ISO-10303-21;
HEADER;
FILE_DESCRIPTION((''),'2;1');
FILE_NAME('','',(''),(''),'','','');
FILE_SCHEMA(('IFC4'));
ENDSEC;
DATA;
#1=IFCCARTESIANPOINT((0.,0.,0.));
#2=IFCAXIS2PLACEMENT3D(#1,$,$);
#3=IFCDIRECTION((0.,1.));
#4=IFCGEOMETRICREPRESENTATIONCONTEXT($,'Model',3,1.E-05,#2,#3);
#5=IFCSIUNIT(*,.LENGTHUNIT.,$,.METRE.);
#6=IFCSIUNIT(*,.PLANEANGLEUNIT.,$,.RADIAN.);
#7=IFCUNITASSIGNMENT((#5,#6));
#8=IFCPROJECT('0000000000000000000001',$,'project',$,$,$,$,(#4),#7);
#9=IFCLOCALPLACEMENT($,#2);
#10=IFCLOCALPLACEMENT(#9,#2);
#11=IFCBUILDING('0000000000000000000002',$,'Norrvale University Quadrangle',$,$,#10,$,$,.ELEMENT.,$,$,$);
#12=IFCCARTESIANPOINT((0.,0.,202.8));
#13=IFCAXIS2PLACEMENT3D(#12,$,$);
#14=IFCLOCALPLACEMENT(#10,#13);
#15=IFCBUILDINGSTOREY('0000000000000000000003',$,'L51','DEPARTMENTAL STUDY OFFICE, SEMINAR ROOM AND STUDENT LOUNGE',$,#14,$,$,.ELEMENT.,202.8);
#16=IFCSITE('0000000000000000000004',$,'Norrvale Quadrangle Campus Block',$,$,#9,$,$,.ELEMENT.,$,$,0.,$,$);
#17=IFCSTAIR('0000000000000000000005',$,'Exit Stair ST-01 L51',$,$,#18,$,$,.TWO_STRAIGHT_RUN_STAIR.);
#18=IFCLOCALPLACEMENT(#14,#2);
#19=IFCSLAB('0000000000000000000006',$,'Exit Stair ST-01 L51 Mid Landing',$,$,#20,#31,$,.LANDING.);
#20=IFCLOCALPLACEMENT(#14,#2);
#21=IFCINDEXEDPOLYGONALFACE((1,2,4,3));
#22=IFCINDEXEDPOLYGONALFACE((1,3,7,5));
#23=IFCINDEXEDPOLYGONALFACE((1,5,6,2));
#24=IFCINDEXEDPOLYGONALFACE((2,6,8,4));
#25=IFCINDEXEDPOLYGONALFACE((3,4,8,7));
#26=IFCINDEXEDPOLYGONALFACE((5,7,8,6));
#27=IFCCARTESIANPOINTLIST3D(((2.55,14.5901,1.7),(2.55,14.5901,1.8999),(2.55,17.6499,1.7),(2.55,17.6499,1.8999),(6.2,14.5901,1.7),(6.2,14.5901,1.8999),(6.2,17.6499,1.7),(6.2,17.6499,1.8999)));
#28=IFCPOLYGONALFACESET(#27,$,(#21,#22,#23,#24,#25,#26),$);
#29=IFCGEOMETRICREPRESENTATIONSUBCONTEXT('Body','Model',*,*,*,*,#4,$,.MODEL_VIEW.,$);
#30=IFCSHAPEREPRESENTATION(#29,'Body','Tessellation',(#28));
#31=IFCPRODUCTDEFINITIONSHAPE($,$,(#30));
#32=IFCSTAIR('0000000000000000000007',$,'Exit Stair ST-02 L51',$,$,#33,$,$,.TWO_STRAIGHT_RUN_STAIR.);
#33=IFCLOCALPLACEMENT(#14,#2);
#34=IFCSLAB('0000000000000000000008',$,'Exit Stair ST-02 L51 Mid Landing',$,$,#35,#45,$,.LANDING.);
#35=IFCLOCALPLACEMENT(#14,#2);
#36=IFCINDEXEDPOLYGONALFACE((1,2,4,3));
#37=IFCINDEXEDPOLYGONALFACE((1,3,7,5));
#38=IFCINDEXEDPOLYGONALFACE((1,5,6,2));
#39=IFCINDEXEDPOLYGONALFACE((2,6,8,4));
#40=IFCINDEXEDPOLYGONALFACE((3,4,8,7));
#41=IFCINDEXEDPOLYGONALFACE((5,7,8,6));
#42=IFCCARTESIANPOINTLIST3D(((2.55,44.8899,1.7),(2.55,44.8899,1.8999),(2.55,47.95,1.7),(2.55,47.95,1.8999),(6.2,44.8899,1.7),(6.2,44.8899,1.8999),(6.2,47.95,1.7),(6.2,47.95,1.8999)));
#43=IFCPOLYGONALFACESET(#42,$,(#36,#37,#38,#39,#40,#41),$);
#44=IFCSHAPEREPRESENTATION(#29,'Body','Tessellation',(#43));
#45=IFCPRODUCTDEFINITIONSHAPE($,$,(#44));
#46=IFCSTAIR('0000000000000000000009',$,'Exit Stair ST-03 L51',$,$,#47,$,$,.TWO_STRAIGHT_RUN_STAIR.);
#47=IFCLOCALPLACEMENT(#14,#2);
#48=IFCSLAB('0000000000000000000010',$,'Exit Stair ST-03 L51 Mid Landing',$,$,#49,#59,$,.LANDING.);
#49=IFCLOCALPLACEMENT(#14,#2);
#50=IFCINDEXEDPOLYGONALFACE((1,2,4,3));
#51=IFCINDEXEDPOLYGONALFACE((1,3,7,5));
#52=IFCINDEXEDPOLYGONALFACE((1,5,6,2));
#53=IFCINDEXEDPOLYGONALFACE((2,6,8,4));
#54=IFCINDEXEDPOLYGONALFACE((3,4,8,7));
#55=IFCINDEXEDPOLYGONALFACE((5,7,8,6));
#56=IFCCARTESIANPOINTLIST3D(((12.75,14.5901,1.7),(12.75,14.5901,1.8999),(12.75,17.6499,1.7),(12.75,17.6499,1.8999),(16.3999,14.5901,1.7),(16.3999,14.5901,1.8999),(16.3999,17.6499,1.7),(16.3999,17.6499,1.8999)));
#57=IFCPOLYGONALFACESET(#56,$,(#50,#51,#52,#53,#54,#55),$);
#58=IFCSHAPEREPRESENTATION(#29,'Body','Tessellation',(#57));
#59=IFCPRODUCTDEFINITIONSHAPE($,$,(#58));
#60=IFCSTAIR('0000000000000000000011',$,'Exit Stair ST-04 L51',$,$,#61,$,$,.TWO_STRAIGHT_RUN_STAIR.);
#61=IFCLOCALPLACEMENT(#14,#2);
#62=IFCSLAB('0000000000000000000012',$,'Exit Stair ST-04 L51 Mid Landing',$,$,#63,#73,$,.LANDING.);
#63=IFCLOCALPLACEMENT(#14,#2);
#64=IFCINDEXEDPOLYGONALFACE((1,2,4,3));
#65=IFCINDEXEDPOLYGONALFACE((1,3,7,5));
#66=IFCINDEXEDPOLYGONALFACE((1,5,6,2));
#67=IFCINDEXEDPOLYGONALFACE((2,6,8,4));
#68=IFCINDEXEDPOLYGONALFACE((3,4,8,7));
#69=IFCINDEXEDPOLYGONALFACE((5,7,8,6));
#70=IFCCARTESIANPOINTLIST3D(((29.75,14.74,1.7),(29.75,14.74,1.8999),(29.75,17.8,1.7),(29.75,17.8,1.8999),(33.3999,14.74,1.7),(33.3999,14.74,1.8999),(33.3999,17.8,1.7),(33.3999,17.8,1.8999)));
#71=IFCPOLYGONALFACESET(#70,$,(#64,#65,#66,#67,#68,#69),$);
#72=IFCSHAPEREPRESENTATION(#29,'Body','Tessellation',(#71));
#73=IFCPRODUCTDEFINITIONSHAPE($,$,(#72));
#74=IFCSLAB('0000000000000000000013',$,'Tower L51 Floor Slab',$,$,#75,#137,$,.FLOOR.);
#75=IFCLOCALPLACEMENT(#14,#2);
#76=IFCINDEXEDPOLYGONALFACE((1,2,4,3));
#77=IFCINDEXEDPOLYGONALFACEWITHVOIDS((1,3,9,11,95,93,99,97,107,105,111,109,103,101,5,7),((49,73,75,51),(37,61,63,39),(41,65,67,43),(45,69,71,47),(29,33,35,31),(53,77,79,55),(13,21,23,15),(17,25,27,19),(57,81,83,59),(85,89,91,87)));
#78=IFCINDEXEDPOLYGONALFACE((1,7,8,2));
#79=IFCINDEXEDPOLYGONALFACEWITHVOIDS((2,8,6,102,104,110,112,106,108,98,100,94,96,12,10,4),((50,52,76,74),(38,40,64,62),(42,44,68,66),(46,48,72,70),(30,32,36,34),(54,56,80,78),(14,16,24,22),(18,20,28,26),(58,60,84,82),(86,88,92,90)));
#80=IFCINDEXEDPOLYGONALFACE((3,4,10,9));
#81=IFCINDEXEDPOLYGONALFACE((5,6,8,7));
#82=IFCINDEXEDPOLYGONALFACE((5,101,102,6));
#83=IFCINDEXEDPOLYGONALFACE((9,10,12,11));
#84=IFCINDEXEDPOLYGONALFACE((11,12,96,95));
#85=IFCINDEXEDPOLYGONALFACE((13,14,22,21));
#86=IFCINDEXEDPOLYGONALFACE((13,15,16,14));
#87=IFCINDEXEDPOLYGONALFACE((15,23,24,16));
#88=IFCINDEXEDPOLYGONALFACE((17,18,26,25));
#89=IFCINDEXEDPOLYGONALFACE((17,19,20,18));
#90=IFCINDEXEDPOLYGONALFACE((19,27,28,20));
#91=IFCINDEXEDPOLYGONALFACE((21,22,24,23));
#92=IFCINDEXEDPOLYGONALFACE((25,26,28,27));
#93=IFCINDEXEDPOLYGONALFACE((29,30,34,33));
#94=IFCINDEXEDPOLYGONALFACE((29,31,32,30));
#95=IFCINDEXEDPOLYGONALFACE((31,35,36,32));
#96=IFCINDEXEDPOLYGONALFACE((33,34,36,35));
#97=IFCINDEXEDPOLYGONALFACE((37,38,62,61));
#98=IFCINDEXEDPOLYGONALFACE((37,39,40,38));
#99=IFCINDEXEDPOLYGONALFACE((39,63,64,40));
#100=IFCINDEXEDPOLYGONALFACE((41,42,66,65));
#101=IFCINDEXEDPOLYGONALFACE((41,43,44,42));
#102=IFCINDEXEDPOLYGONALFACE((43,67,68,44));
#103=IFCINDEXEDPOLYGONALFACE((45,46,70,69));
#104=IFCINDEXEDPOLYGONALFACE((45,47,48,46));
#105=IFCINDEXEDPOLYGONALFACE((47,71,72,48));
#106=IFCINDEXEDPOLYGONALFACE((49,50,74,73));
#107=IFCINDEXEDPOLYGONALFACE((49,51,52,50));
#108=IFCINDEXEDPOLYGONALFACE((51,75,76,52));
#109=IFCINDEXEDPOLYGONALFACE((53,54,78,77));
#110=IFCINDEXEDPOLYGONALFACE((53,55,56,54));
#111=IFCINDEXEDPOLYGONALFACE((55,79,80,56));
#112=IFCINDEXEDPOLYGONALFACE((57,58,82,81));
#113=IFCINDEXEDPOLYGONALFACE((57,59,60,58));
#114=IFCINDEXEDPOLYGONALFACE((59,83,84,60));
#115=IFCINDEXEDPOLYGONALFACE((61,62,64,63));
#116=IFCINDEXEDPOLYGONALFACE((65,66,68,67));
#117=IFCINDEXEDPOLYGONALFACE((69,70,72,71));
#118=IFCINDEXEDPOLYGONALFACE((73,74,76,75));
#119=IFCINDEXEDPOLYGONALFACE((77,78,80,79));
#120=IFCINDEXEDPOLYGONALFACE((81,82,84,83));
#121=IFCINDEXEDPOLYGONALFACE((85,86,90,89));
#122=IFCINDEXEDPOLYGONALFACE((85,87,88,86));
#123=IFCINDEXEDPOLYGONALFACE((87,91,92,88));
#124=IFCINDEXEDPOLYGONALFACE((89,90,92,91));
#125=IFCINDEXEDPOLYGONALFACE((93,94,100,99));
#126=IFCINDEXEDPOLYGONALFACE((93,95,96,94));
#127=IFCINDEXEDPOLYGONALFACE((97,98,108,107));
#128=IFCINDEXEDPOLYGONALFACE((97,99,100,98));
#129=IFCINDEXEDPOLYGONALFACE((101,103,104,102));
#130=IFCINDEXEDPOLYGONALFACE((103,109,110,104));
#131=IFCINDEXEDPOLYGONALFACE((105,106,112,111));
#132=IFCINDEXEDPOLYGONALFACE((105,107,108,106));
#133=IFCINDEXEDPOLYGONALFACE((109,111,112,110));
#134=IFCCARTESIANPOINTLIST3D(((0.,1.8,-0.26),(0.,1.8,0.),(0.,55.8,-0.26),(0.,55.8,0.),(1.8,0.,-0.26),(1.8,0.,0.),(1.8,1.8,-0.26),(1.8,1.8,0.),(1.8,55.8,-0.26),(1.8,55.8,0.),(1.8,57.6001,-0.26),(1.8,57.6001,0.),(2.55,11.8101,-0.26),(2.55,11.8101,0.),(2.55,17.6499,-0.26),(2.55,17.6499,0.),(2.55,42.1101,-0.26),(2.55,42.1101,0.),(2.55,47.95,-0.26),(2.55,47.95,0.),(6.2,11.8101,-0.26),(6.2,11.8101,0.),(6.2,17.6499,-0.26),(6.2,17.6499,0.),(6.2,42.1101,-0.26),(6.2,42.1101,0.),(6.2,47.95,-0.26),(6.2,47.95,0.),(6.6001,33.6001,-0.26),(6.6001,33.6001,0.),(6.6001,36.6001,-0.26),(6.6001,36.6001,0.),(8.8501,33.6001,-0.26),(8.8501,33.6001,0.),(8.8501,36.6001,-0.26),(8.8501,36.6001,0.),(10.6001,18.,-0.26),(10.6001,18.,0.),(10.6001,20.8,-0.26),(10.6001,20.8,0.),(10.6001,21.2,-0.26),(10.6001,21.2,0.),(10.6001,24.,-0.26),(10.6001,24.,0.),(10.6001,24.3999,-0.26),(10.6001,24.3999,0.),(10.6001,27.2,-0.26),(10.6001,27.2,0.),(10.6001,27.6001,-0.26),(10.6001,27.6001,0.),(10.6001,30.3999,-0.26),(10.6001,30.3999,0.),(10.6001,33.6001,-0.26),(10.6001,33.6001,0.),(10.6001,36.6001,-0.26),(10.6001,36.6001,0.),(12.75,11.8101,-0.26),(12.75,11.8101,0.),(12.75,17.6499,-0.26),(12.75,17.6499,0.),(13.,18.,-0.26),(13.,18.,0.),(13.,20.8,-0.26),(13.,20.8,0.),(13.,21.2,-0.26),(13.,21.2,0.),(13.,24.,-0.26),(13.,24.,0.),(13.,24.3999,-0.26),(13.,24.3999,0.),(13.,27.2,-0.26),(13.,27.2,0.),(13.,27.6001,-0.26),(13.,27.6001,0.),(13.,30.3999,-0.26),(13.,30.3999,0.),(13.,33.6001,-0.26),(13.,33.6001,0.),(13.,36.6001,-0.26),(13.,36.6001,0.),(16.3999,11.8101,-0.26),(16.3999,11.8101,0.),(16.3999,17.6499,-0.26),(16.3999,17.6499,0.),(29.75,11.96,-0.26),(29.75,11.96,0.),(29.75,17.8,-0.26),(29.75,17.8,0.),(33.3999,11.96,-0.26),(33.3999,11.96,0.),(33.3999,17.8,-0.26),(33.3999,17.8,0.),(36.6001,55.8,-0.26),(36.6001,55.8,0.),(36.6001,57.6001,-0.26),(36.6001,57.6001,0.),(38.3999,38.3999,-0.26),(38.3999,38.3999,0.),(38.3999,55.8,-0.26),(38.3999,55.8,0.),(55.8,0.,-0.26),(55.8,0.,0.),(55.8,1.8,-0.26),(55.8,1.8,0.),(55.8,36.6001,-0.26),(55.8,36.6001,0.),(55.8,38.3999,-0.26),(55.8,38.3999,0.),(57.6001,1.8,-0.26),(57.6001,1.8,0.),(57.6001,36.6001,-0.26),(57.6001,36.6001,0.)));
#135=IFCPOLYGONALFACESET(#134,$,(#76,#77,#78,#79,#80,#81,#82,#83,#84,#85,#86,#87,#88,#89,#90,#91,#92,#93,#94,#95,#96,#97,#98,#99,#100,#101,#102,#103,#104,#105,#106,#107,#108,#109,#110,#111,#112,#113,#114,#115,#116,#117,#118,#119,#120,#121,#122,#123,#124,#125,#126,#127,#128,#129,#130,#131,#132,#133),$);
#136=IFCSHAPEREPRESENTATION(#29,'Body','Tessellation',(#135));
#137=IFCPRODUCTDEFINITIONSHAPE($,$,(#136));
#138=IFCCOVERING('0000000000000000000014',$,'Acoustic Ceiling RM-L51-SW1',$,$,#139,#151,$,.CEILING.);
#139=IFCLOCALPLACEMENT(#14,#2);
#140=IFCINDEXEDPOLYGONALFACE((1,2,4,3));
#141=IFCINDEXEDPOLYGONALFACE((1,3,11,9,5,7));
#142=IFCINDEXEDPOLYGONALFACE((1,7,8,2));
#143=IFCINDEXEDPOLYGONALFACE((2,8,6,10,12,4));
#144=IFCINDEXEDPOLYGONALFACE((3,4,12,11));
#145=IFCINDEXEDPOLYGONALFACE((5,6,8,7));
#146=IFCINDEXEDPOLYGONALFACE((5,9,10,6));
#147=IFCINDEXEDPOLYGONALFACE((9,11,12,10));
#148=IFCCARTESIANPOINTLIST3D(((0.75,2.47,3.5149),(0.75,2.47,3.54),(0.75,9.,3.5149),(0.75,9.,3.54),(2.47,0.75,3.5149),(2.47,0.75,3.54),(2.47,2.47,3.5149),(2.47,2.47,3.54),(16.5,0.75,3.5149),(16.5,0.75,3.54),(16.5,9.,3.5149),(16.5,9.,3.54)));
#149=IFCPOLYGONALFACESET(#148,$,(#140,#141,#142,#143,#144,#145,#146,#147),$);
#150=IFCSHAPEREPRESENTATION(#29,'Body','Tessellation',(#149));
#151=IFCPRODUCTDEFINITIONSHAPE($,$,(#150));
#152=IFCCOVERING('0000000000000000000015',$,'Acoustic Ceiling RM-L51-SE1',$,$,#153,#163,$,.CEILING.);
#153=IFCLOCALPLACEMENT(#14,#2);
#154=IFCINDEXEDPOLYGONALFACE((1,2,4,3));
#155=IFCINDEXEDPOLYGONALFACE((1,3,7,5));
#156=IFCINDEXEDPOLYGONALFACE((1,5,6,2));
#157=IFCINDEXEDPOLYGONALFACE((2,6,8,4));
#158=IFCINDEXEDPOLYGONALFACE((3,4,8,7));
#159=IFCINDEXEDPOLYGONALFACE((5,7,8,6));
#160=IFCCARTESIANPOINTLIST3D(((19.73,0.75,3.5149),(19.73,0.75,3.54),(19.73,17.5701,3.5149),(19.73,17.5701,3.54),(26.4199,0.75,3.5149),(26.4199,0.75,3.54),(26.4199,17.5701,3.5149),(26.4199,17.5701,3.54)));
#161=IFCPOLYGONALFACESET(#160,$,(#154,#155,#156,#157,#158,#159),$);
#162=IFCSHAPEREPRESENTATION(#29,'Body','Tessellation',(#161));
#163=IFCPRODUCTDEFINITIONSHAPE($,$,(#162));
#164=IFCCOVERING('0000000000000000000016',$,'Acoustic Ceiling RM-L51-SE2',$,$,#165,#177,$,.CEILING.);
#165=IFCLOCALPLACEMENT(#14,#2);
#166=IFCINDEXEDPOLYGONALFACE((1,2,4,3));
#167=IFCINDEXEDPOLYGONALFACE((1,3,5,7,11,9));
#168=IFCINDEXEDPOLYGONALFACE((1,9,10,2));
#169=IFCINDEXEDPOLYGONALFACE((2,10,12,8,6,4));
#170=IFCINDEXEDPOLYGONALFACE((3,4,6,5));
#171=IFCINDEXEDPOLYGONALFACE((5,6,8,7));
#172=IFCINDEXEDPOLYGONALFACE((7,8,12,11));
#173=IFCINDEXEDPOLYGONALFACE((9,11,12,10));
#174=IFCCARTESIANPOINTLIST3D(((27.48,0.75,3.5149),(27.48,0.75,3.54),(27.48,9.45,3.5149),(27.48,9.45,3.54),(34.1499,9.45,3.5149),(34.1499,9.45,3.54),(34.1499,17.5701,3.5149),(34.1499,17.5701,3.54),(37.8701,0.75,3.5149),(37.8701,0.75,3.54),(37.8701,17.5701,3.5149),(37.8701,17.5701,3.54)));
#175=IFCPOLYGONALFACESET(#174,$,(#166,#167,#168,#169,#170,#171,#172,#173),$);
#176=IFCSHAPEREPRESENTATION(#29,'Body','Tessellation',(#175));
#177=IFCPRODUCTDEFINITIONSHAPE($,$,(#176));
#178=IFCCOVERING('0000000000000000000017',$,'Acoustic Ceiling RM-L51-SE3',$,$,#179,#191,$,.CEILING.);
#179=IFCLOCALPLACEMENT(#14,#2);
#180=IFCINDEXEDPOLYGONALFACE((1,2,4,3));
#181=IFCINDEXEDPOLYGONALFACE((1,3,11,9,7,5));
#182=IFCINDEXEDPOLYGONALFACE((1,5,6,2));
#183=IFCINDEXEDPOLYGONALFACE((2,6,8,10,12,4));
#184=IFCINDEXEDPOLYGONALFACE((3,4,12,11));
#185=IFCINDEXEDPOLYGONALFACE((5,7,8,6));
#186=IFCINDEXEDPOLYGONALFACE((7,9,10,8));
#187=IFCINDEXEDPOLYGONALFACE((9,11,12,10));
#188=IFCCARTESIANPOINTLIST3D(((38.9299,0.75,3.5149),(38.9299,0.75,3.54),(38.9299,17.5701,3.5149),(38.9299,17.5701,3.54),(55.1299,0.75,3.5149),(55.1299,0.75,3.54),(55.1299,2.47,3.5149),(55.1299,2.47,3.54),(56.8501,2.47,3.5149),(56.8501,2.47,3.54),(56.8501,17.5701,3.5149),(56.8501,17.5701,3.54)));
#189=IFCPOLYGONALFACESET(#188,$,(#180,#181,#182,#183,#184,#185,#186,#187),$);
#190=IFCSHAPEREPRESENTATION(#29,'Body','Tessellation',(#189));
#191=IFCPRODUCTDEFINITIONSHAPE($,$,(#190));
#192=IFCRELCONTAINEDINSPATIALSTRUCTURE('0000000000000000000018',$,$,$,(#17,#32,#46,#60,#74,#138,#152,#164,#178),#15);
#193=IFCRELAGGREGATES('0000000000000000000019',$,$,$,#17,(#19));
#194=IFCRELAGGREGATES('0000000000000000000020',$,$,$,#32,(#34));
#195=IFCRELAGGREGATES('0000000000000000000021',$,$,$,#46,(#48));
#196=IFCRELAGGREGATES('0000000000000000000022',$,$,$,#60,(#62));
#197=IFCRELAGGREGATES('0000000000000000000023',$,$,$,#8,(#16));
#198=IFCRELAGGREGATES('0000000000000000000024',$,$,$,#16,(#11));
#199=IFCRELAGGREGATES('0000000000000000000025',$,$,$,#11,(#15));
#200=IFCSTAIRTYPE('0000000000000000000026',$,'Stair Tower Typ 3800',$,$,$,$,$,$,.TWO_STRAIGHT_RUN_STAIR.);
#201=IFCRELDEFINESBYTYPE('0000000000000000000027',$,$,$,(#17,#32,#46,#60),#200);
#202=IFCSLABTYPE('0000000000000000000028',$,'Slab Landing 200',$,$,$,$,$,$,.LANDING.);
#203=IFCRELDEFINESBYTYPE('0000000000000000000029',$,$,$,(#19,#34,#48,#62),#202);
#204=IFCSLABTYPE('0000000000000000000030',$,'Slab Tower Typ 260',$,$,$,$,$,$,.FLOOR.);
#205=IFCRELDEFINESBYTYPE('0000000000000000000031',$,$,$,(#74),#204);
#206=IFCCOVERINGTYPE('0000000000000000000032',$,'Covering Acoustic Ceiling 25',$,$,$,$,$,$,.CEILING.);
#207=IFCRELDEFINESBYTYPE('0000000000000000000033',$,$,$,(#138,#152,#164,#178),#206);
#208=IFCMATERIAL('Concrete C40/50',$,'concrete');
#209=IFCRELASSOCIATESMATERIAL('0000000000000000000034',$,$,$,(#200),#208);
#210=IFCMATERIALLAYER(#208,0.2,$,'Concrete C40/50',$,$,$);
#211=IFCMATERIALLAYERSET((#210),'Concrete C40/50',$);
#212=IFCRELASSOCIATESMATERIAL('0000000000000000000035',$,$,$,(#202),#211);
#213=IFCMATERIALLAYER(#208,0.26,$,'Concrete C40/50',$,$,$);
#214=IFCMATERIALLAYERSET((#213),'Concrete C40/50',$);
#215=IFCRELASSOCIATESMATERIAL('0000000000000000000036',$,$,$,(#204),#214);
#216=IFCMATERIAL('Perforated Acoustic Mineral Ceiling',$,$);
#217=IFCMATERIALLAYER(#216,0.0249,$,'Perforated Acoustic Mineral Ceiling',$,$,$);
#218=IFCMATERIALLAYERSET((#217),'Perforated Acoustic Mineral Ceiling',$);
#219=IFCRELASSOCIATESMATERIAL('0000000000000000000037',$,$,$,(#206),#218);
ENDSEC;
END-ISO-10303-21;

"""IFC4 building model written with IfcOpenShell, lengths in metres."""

from ifc_helpers import new_model, si_unit, direction, frame, origin, place, context, subcontext, project, spatial, polyline, outline, extrude, material, layer, layer_set, type_object, element, aggregate, save


model = new_model("IFC4")

# Units and contexts
model_context = context("Model", 3, precision=1e-05, world=origin(), true_north=direction((0.0, 1.0)))
body_context = subcontext(model_context, "Body", "Model", "MODEL_VIEW")
ifc_project = project(units=[si_unit("LENGTHUNIT", "METRE"), si_unit("PLANEANGLEUNIT", "RADIAN")], contexts=[model_context])

# Site, building, storey
site_placement = place(None, origin())
site = spatial("IfcSite", under=ifc_project, at=site_placement, Name="Norrvale Quadrangle Campus Block", CompositionType="ELEMENT", RefElevation=0.0)
building_placement = place(site_placement, origin())
building = spatial("IfcBuilding", under=site, at=building_placement, Name="Norrvale University Quadrangle", CompositionType="ELEMENT")
storey_placement = place(building_placement, frame((0.0, 0.0, 202.8)))
storey = spatial("IfcBuildingStorey", under=building, at=storey_placement, Name="L51", Description="DEPARTMENTAL STUDY OFFICE, SEMINAR ROOM AND STUDENT LOUNGE", CompositionType="ELEMENT", Elevation=202.8)

# Stairs, slabs
ifc_material_1 = material(Name="Concrete C40/50", Category="concrete")
stair_type = type_object("IfcStairType", Name="Stair Tower Typ 3800", PredefinedType="TWO_STRAIGHT_RUN_STAIR", material=ifc_material_1)
stair_1_placement = place(storey_placement, origin())
stair_1 = element("IfcStair", 1, at=stair_1_placement, inside=storey, type_object=stair_type, Name="Exit Stair ST-01 L51", PredefinedType="TWO_STRAIGHT_RUN_STAIR")
ifc_layer_1 = layer(ifc_material_1, 0.2, Name="Concrete C40/50")
ifc_layer_set_1 = layer_set([ifc_layer_1], Name="Concrete C40/50")
slab_type_1 = type_object("IfcSlabType", Name="Slab Landing 200", PredefinedType="LANDING", material=ifc_layer_set_1)
slab_1_placement = place(storey_placement, frame((0.0, 0.0, 1.7)))
slab_1 = element("IfcSlab", 2, at=slab_1_placement, type_object=slab_type_1, Name="Exit Stair ST-01 L51 Mid Landing", PredefinedType="LANDING", context=body_context, shape_type="SweptSolid", body=[
    extrude(outline(polyline([(2.55, 14.5901), (6.2, 14.5901), (6.2, 17.6499), (2.55, 17.6499), (2.55, 14.5901)])), origin(), (0.0, 0.0, 1.0), 0.2),
])
aggregate(stair_1, [slab_1])
stair_2_placement = place(storey_placement, origin())
stair_2 = element("IfcStair", 3, at=stair_2_placement, inside=storey, type_object=stair_type, Name="Exit Stair ST-02 L51", PredefinedType="TWO_STRAIGHT_RUN_STAIR")
slab_2_placement = place(storey_placement, frame((0.0, 0.0, 1.7)))
slab_2 = element("IfcSlab", 4, at=slab_2_placement, type_object=slab_type_1, Name="Exit Stair ST-02 L51 Mid Landing", PredefinedType="LANDING", context=body_context, shape_type="SweptSolid", body=[
    extrude(outline(polyline([(2.55, 44.8899), (6.2, 44.8899), (6.2, 47.95), (2.55, 47.95), (2.55, 44.8899)])), origin(), (0.0, 0.0, 1.0), 0.2),
])
aggregate(stair_2, [slab_2])
stair_3_placement = place(storey_placement, origin())
stair_3 = element("IfcStair", 5, at=stair_3_placement, inside=storey, type_object=stair_type, Name="Exit Stair ST-03 L51", PredefinedType="TWO_STRAIGHT_RUN_STAIR")
slab_3_placement = place(storey_placement, frame((0.0, 0.0, 1.7)))
slab_3 = element("IfcSlab", 6, at=slab_3_placement, type_object=slab_type_1, Name="Exit Stair ST-03 L51 Mid Landing", PredefinedType="LANDING", context=body_context, shape_type="SweptSolid", body=[
    extrude(outline(polyline([(12.75, 14.5901), (16.3999, 14.5901), (16.3999, 17.6499), (12.75, 17.6499), (12.75, 14.5901)])), origin(), (0.0, 0.0, 1.0), 0.2),
])
aggregate(stair_3, [slab_3])
stair_4_placement = place(storey_placement, origin())
stair_4 = element("IfcStair", 7, at=stair_4_placement, inside=storey, type_object=stair_type, Name="Exit Stair ST-04 L51", PredefinedType="TWO_STRAIGHT_RUN_STAIR")
slab_4_placement = place(storey_placement, frame((0.0, 0.0, 1.7)))
slab_4 = element("IfcSlab", 8, at=slab_4_placement, type_object=slab_type_1, Name="Exit Stair ST-04 L51 Mid Landing", PredefinedType="LANDING", context=body_context, shape_type="SweptSolid", body=[
    extrude(outline(polyline([(29.75, 14.74), (33.3999, 14.74), (33.3999, 17.8), (29.75, 17.8), (29.75, 14.74)])), origin(), (0.0, 0.0, 1.0), 0.2),
])
aggregate(stair_4, [slab_4])

# Slab
ifc_layer_2 = layer(ifc_material_1, 0.26, Name="Concrete C40/50")
ifc_layer_set_2 = layer_set([ifc_layer_2], Name="Concrete C40/50")
slab_type_2 = type_object("IfcSlabType", Name="Slab Tower Typ 260", PredefinedType="FLOOR", material=ifc_layer_set_2)
slab_5_placement = place(storey_placement, frame((0.0, 0.0, -0.26)))
element("IfcSlab", 9, at=slab_5_placement, inside=storey, type_object=slab_type_2, Name="Tower L51 Floor Slab", PredefinedType="FLOOR", context=body_context, shape_type="SweptSolid", body=[
    extrude(outline(polyline([(1.8, 0.0), (55.8, 0.0), (55.8, 1.8), (57.6001, 1.8), (57.6001, 36.6001), (55.8, 36.6001), (55.8, 38.3999), (38.3999, 38.3999), (38.3999, 55.8), (36.6001, 55.8), (36.6001, 57.6001), (1.8, 57.6001), (1.8, 55.8), (0.0, 55.8), (0.0, 1.8), (1.8, 1.8), (1.8, 0.0)]), holes=[polyline([(2.55, 11.8101), (6.2, 11.8101), (6.2, 17.6499), (2.55, 17.6499), (2.55, 11.8101)]), polyline([(2.55, 42.1101), (6.2, 42.1101), (6.2, 47.95), (2.55, 47.95), (2.55, 42.1101)]), polyline([(12.75, 11.8101), (16.3999, 11.8101), (16.3999, 17.6499), (12.75, 17.6499), (12.75, 11.8101)]), polyline([(29.75, 11.96), (33.3999, 11.96), (33.3999, 17.8), (29.75, 17.8), (29.75, 11.96)]), polyline([(10.6001, 18.0), (13.0, 18.0), (13.0, 20.8), (10.6001, 20.8), (10.6001, 18.0)]), polyline([(10.6001, 21.2), (13.0, 21.2), (13.0, 24.0), (10.6001, 24.0), (10.6001, 21.2)]), polyline([(10.6001, 24.3999), (13.0, 24.3999), (13.0, 27.2), (10.6001, 27.2), (10.6001, 24.3999)]), polyline([(10.6001, 27.6001), (13.0, 27.6001), (13.0, 30.3999), (10.6001, 30.3999), (10.6001, 27.6001)]), polyline([(6.6001, 33.6001), (8.8501, 33.6001), (8.8501, 36.6001), (6.6001, 36.6001), (6.6001, 33.6001)]), polyline([(10.6001, 33.6001), (13.0, 33.6001), (13.0, 36.6001), (10.6001, 36.6001), (10.6001, 33.6001)])]), origin(), (0.0, 0.0, 1.0), 0.26),
])

# Coverings
ifc_material_2 = material(Name="Perforated Acoustic Mineral Ceiling")
ifc_layer_3 = layer(ifc_material_2, 0.0249, Name="Perforated Acoustic Mineral Ceiling")
ifc_layer_set_3 = layer_set([ifc_layer_3], Name="Perforated Acoustic Mineral Ceiling")
covering_type_1 = type_object("IfcCoveringType", Name="Covering Acoustic Ceiling 25", PredefinedType="CEILING", material=ifc_layer_set_3)
covering_1_placement = place(storey_placement, frame((0.0, 0.0, 3.5149)))
element("IfcCovering", 10, at=covering_1_placement, inside=storey, type_object=covering_type_1, Name="Acoustic Ceiling RM-L51-SW1", PredefinedType="CEILING", context=body_context, shape_type="SweptSolid", body=[
    extrude(outline(polyline([(0.75, 9.0), (16.5, 9.0), (16.5, 0.75), (2.47, 0.75), (2.47, 2.47), (0.75, 2.47), (0.75, 9.0)])), origin(), (0.0, 0.0, 1.0), 0.0251),
])
covering_2_placement = place(storey_placement, frame((0.0, 0.0, 3.5149)))
element("IfcCovering", 11, at=covering_2_placement, inside=storey, type_object=covering_type_1, Name="Acoustic Ceiling RM-L51-SE1", PredefinedType="CEILING", context=body_context, shape_type="SweptSolid", body=[
    extrude(outline(polyline([(19.73, 17.5701), (26.4199, 17.5701), (26.4199, 0.75), (19.73, 0.75), (19.73, 17.5701)])), origin(), (0.0, 0.0, 1.0), 0.0251),
])
covering_3_placement = place(storey_placement, frame((0.0, 0.0, 3.5149)))
element("IfcCovering", 12, at=covering_3_placement, inside=storey, type_object=covering_type_1, Name="Acoustic Ceiling RM-L51-SE2", PredefinedType="CEILING", context=body_context, shape_type="SweptSolid", body=[
    extrude(outline(polyline([(27.48, 9.45), (34.1499, 9.45), (34.1499, 17.5701), (37.8701, 17.5701), (37.8701, 0.75), (27.48, 0.75), (27.48, 9.45)])), origin(), (0.0, 0.0, 1.0), 0.0251),
])
covering_4_placement = place(storey_placement, frame((0.0, 0.0, 3.5149)))
element("IfcCovering", 13, at=covering_4_placement, inside=storey, type_object=covering_type_1, Name="Acoustic Ceiling RM-L51-SE3", PredefinedType="CEILING", context=body_context, shape_type="SweptSolid", body=[
    extrude(outline(polyline([(38.9299, 0.75), (38.9299, 17.5701), (56.8501, 17.5701), (56.8501, 2.47), (55.1299, 2.47), (55.1299, 0.75), (38.9299, 0.75)])), origin(), (0.0, 0.0, 1.0), 0.0251),
])

save(model, "model.ifc")
